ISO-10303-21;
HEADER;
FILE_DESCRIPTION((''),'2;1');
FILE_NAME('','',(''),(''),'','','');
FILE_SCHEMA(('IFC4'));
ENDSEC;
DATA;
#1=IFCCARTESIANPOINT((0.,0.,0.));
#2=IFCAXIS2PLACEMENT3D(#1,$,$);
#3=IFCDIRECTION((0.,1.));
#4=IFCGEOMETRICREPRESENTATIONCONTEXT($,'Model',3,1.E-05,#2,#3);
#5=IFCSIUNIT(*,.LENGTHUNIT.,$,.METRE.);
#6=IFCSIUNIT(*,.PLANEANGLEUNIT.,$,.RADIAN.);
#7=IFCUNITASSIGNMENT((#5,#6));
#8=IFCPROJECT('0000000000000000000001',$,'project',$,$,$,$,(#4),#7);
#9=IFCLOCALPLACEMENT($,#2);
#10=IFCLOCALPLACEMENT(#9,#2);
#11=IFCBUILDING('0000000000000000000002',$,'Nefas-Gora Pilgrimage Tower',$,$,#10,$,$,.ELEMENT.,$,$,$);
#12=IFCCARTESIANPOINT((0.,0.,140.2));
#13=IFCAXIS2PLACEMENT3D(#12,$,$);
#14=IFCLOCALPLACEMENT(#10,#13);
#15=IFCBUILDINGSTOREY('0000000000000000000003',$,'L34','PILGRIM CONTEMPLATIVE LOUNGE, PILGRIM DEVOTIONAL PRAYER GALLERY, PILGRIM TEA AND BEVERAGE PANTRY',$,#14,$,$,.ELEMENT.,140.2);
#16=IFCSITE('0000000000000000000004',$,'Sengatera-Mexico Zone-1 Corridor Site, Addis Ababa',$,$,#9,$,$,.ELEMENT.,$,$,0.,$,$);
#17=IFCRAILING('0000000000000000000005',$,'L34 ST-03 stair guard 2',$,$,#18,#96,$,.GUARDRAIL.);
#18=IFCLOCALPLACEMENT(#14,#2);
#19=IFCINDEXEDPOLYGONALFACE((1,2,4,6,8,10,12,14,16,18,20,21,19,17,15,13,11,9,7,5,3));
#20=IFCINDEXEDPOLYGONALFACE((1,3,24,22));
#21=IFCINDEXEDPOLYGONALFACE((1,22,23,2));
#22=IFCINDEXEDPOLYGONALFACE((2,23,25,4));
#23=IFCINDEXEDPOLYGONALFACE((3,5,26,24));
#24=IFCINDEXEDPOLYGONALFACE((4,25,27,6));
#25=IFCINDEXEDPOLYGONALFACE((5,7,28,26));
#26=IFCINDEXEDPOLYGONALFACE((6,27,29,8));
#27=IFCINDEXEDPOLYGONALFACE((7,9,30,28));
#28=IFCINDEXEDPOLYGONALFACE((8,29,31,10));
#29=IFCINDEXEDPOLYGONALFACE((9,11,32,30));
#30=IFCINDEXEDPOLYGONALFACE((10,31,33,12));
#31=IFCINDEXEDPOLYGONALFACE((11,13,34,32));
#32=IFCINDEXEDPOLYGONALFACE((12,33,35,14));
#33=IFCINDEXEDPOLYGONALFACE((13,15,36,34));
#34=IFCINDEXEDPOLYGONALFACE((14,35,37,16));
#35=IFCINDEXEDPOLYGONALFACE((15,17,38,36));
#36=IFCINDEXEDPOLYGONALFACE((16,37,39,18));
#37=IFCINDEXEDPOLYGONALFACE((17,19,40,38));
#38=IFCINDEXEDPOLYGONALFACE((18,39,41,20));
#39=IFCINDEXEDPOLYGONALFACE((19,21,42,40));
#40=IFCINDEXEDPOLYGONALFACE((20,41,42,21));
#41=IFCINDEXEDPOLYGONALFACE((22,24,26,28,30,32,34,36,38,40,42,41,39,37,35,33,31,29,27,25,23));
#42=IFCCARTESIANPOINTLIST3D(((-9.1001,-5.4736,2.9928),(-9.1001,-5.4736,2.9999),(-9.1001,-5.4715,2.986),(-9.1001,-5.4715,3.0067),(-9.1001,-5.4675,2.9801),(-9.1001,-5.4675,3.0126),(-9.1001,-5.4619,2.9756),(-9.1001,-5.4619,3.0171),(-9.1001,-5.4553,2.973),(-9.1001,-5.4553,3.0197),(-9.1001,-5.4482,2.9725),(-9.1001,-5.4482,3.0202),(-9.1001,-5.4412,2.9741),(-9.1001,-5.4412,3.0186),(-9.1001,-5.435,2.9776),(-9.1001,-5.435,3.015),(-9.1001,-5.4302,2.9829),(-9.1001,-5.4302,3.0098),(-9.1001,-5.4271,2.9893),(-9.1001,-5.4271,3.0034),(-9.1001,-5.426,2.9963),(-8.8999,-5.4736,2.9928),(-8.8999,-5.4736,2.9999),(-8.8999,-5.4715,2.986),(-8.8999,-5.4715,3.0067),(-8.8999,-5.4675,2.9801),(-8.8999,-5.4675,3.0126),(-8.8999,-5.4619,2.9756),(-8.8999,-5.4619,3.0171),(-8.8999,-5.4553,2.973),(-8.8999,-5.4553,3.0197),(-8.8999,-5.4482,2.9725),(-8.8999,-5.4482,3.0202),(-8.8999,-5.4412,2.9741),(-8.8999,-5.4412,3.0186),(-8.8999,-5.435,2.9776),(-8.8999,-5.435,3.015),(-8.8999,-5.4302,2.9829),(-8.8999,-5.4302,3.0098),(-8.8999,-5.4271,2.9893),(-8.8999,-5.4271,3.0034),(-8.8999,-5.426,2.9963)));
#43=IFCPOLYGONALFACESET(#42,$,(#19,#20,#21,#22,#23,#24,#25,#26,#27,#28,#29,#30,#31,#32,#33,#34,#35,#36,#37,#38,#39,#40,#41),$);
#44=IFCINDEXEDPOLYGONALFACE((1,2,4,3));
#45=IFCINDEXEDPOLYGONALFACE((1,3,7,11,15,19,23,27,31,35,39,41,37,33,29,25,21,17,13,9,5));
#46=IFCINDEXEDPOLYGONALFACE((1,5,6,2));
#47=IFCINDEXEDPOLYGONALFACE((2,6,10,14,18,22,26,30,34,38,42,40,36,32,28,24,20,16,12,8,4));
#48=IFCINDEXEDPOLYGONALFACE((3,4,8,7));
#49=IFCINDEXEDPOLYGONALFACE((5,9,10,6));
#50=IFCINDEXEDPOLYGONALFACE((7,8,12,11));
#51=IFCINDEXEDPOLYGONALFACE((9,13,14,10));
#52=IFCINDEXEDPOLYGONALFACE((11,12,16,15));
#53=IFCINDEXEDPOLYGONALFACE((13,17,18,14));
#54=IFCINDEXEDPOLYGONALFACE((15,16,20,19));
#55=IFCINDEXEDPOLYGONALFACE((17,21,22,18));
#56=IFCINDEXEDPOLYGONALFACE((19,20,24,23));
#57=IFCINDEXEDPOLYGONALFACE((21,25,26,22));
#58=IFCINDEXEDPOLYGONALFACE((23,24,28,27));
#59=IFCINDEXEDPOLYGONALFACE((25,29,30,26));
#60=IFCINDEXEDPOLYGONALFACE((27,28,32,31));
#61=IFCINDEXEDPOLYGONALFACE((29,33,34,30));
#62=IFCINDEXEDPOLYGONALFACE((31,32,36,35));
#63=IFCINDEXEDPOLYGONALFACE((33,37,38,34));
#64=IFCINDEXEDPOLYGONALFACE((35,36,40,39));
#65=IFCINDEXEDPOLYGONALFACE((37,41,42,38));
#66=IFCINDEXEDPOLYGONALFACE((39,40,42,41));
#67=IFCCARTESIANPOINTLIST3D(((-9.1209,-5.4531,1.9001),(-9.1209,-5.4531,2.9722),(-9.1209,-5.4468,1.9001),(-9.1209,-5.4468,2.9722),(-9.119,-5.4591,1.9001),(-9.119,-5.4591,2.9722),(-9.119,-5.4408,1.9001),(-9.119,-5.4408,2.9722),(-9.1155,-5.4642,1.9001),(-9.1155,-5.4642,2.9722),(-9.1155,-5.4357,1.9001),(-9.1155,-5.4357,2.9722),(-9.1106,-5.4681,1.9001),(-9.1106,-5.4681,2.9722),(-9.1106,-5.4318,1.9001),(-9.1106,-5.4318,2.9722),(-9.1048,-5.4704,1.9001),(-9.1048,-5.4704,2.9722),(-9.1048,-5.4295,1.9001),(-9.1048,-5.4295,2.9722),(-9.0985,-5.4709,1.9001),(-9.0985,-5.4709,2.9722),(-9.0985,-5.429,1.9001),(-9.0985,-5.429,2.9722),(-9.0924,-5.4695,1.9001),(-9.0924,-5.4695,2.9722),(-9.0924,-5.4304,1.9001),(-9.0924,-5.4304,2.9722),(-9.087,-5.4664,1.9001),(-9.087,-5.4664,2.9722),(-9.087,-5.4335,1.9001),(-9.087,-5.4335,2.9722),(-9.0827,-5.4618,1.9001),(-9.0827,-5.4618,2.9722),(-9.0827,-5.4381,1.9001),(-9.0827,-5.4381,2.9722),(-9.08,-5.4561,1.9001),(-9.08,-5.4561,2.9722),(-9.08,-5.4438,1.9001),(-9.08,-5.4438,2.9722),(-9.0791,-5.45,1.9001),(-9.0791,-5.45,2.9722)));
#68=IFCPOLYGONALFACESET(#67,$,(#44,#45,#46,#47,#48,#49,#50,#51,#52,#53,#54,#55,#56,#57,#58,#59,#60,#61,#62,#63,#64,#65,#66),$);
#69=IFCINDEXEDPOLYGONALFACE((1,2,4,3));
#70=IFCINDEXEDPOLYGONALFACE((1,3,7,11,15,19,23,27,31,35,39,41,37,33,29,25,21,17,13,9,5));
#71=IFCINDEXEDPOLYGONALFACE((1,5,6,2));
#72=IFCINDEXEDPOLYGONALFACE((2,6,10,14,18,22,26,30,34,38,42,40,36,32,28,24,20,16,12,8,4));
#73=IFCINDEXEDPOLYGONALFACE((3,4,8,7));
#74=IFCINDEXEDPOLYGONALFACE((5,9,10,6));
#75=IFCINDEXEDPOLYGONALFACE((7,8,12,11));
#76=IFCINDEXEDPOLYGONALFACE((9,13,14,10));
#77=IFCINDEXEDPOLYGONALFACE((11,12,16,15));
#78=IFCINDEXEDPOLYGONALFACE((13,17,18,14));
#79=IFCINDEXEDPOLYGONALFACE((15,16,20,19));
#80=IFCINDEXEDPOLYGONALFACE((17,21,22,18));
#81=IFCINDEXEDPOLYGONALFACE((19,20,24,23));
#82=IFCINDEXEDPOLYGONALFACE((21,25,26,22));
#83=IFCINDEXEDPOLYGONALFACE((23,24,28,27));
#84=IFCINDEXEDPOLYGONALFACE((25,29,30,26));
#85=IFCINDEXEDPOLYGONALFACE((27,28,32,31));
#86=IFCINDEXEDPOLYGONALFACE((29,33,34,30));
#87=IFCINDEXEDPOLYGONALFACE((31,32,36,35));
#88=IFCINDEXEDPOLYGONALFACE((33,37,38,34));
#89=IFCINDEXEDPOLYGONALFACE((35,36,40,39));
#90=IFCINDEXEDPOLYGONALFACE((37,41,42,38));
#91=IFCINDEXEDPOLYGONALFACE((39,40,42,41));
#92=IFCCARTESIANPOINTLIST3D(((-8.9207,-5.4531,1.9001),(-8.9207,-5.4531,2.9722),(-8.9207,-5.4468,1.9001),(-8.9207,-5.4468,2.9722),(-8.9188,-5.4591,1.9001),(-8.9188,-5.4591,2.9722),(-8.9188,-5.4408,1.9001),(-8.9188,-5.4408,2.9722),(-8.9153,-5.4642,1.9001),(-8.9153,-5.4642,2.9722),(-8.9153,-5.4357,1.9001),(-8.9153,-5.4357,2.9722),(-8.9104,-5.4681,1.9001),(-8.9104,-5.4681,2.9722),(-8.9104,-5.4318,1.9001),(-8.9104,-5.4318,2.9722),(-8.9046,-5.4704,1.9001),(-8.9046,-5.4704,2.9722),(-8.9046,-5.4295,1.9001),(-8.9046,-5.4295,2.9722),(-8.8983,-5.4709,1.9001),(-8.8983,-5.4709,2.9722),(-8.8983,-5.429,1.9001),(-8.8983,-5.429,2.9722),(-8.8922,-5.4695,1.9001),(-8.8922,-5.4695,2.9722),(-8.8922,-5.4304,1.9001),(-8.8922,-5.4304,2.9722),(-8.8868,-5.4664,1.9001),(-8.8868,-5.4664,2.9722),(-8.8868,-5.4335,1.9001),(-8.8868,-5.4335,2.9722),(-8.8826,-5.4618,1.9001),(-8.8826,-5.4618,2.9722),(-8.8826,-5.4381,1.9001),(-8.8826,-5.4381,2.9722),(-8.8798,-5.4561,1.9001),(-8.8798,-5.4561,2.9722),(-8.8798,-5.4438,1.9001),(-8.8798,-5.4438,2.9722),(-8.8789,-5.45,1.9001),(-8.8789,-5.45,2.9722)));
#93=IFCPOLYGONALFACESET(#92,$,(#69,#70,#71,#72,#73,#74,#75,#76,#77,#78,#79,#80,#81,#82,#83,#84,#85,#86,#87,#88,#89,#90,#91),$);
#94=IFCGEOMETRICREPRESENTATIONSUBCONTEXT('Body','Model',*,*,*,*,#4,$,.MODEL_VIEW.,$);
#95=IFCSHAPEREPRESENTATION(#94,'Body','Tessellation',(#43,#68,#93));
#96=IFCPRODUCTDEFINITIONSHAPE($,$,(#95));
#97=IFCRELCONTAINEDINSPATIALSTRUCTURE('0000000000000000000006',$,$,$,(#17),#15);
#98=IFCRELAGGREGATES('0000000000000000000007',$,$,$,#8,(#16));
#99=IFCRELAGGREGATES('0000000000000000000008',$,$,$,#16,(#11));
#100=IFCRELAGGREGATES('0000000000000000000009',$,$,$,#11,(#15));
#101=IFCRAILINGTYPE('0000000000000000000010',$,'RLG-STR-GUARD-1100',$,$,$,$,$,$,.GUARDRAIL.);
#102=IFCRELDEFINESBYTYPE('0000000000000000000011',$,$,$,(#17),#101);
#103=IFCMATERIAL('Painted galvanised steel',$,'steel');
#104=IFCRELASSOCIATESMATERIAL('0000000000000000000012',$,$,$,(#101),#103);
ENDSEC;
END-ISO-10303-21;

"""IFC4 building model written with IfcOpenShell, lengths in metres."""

from ifc_helpers import new_model, si_unit, direction, frame, origin, origin_2d, place, context, subcontext, project, spatial, circle, extrude, material, type_object, element, save


model = new_model("IFC4")

# Units and contexts
model_context = context("Model", 3, precision=1e-05, world=origin(), true_north=direction((0.0, 1.0)))
body_context = subcontext(model_context, "Body", "Model", "MODEL_VIEW")
ifc_project = project(units=[si_unit("LENGTHUNIT", "METRE"), si_unit("PLANEANGLEUNIT", "RADIAN")], contexts=[model_context])

# Site, building, storey
site_placement = place(None, origin())
site = spatial("IfcSite", under=ifc_project, at=site_placement, Name="Sengatera-Mexico Zone-1 Corridor Site, Addis Ababa", CompositionType="ELEMENT", RefElevation=0.0)
building_placement = place(site_placement, origin())
building = spatial("IfcBuilding", under=site, at=building_placement, Name="Nefas-Gora Pilgrimage Tower", CompositionType="ELEMENT")
storey_placement = place(building_placement, frame((0.0, 0.0, 140.2)))
storey = spatial("IfcBuildingStorey", under=building, at=storey_placement, Name="L34", Description="PILGRIM CONTEMPLATIVE LOUNGE, PILGRIM DEVOTIONAL PRAYER GALLERY, PILGRIM TEA AND BEVERAGE PANTRY", CompositionType="ELEMENT", Elevation=140.2)

# Railing
ifc_material_1 = material(Name="Painted galvanised steel", Category="steel")
railing_type_1 = type_object("IfcRailingType", Name="RLG-STR-GUARD-1100", PredefinedType="GUARDRAIL", material=ifc_material_1)
railing_1_placement = place(storey_placement, frame((-9.1001, -5.45, 1.9001)))
element("IfcRailing", 1, at=railing_1_placement, inside=storey, type_object=railing_type_1, Name="L34 ST-03 stair guard 2", PredefinedType="GUARDRAIL", context=body_context, shape_type="SweptSolid", body=[
    extrude(circle(Radius=0.0239, at=origin_2d()), frame((0.0, 0.0, 1.0962), z_axis=(1.0, 0.0, 0.0), x_axis=(0.0, 1.0, 0.0)), (0.0, 0.0, 1.0), 0.2002),
    extrude(circle(Radius=0.021, at=origin_2d()), origin(), (0.0, 0.0, 1.0), 1.072),
    extrude(circle(Radius=0.021, at=origin_2d()), frame((0.2002, 0.0, 0.0)), (0.0, 0.0, 1.0), 1.072),
])

save(model, "model.ifc")
